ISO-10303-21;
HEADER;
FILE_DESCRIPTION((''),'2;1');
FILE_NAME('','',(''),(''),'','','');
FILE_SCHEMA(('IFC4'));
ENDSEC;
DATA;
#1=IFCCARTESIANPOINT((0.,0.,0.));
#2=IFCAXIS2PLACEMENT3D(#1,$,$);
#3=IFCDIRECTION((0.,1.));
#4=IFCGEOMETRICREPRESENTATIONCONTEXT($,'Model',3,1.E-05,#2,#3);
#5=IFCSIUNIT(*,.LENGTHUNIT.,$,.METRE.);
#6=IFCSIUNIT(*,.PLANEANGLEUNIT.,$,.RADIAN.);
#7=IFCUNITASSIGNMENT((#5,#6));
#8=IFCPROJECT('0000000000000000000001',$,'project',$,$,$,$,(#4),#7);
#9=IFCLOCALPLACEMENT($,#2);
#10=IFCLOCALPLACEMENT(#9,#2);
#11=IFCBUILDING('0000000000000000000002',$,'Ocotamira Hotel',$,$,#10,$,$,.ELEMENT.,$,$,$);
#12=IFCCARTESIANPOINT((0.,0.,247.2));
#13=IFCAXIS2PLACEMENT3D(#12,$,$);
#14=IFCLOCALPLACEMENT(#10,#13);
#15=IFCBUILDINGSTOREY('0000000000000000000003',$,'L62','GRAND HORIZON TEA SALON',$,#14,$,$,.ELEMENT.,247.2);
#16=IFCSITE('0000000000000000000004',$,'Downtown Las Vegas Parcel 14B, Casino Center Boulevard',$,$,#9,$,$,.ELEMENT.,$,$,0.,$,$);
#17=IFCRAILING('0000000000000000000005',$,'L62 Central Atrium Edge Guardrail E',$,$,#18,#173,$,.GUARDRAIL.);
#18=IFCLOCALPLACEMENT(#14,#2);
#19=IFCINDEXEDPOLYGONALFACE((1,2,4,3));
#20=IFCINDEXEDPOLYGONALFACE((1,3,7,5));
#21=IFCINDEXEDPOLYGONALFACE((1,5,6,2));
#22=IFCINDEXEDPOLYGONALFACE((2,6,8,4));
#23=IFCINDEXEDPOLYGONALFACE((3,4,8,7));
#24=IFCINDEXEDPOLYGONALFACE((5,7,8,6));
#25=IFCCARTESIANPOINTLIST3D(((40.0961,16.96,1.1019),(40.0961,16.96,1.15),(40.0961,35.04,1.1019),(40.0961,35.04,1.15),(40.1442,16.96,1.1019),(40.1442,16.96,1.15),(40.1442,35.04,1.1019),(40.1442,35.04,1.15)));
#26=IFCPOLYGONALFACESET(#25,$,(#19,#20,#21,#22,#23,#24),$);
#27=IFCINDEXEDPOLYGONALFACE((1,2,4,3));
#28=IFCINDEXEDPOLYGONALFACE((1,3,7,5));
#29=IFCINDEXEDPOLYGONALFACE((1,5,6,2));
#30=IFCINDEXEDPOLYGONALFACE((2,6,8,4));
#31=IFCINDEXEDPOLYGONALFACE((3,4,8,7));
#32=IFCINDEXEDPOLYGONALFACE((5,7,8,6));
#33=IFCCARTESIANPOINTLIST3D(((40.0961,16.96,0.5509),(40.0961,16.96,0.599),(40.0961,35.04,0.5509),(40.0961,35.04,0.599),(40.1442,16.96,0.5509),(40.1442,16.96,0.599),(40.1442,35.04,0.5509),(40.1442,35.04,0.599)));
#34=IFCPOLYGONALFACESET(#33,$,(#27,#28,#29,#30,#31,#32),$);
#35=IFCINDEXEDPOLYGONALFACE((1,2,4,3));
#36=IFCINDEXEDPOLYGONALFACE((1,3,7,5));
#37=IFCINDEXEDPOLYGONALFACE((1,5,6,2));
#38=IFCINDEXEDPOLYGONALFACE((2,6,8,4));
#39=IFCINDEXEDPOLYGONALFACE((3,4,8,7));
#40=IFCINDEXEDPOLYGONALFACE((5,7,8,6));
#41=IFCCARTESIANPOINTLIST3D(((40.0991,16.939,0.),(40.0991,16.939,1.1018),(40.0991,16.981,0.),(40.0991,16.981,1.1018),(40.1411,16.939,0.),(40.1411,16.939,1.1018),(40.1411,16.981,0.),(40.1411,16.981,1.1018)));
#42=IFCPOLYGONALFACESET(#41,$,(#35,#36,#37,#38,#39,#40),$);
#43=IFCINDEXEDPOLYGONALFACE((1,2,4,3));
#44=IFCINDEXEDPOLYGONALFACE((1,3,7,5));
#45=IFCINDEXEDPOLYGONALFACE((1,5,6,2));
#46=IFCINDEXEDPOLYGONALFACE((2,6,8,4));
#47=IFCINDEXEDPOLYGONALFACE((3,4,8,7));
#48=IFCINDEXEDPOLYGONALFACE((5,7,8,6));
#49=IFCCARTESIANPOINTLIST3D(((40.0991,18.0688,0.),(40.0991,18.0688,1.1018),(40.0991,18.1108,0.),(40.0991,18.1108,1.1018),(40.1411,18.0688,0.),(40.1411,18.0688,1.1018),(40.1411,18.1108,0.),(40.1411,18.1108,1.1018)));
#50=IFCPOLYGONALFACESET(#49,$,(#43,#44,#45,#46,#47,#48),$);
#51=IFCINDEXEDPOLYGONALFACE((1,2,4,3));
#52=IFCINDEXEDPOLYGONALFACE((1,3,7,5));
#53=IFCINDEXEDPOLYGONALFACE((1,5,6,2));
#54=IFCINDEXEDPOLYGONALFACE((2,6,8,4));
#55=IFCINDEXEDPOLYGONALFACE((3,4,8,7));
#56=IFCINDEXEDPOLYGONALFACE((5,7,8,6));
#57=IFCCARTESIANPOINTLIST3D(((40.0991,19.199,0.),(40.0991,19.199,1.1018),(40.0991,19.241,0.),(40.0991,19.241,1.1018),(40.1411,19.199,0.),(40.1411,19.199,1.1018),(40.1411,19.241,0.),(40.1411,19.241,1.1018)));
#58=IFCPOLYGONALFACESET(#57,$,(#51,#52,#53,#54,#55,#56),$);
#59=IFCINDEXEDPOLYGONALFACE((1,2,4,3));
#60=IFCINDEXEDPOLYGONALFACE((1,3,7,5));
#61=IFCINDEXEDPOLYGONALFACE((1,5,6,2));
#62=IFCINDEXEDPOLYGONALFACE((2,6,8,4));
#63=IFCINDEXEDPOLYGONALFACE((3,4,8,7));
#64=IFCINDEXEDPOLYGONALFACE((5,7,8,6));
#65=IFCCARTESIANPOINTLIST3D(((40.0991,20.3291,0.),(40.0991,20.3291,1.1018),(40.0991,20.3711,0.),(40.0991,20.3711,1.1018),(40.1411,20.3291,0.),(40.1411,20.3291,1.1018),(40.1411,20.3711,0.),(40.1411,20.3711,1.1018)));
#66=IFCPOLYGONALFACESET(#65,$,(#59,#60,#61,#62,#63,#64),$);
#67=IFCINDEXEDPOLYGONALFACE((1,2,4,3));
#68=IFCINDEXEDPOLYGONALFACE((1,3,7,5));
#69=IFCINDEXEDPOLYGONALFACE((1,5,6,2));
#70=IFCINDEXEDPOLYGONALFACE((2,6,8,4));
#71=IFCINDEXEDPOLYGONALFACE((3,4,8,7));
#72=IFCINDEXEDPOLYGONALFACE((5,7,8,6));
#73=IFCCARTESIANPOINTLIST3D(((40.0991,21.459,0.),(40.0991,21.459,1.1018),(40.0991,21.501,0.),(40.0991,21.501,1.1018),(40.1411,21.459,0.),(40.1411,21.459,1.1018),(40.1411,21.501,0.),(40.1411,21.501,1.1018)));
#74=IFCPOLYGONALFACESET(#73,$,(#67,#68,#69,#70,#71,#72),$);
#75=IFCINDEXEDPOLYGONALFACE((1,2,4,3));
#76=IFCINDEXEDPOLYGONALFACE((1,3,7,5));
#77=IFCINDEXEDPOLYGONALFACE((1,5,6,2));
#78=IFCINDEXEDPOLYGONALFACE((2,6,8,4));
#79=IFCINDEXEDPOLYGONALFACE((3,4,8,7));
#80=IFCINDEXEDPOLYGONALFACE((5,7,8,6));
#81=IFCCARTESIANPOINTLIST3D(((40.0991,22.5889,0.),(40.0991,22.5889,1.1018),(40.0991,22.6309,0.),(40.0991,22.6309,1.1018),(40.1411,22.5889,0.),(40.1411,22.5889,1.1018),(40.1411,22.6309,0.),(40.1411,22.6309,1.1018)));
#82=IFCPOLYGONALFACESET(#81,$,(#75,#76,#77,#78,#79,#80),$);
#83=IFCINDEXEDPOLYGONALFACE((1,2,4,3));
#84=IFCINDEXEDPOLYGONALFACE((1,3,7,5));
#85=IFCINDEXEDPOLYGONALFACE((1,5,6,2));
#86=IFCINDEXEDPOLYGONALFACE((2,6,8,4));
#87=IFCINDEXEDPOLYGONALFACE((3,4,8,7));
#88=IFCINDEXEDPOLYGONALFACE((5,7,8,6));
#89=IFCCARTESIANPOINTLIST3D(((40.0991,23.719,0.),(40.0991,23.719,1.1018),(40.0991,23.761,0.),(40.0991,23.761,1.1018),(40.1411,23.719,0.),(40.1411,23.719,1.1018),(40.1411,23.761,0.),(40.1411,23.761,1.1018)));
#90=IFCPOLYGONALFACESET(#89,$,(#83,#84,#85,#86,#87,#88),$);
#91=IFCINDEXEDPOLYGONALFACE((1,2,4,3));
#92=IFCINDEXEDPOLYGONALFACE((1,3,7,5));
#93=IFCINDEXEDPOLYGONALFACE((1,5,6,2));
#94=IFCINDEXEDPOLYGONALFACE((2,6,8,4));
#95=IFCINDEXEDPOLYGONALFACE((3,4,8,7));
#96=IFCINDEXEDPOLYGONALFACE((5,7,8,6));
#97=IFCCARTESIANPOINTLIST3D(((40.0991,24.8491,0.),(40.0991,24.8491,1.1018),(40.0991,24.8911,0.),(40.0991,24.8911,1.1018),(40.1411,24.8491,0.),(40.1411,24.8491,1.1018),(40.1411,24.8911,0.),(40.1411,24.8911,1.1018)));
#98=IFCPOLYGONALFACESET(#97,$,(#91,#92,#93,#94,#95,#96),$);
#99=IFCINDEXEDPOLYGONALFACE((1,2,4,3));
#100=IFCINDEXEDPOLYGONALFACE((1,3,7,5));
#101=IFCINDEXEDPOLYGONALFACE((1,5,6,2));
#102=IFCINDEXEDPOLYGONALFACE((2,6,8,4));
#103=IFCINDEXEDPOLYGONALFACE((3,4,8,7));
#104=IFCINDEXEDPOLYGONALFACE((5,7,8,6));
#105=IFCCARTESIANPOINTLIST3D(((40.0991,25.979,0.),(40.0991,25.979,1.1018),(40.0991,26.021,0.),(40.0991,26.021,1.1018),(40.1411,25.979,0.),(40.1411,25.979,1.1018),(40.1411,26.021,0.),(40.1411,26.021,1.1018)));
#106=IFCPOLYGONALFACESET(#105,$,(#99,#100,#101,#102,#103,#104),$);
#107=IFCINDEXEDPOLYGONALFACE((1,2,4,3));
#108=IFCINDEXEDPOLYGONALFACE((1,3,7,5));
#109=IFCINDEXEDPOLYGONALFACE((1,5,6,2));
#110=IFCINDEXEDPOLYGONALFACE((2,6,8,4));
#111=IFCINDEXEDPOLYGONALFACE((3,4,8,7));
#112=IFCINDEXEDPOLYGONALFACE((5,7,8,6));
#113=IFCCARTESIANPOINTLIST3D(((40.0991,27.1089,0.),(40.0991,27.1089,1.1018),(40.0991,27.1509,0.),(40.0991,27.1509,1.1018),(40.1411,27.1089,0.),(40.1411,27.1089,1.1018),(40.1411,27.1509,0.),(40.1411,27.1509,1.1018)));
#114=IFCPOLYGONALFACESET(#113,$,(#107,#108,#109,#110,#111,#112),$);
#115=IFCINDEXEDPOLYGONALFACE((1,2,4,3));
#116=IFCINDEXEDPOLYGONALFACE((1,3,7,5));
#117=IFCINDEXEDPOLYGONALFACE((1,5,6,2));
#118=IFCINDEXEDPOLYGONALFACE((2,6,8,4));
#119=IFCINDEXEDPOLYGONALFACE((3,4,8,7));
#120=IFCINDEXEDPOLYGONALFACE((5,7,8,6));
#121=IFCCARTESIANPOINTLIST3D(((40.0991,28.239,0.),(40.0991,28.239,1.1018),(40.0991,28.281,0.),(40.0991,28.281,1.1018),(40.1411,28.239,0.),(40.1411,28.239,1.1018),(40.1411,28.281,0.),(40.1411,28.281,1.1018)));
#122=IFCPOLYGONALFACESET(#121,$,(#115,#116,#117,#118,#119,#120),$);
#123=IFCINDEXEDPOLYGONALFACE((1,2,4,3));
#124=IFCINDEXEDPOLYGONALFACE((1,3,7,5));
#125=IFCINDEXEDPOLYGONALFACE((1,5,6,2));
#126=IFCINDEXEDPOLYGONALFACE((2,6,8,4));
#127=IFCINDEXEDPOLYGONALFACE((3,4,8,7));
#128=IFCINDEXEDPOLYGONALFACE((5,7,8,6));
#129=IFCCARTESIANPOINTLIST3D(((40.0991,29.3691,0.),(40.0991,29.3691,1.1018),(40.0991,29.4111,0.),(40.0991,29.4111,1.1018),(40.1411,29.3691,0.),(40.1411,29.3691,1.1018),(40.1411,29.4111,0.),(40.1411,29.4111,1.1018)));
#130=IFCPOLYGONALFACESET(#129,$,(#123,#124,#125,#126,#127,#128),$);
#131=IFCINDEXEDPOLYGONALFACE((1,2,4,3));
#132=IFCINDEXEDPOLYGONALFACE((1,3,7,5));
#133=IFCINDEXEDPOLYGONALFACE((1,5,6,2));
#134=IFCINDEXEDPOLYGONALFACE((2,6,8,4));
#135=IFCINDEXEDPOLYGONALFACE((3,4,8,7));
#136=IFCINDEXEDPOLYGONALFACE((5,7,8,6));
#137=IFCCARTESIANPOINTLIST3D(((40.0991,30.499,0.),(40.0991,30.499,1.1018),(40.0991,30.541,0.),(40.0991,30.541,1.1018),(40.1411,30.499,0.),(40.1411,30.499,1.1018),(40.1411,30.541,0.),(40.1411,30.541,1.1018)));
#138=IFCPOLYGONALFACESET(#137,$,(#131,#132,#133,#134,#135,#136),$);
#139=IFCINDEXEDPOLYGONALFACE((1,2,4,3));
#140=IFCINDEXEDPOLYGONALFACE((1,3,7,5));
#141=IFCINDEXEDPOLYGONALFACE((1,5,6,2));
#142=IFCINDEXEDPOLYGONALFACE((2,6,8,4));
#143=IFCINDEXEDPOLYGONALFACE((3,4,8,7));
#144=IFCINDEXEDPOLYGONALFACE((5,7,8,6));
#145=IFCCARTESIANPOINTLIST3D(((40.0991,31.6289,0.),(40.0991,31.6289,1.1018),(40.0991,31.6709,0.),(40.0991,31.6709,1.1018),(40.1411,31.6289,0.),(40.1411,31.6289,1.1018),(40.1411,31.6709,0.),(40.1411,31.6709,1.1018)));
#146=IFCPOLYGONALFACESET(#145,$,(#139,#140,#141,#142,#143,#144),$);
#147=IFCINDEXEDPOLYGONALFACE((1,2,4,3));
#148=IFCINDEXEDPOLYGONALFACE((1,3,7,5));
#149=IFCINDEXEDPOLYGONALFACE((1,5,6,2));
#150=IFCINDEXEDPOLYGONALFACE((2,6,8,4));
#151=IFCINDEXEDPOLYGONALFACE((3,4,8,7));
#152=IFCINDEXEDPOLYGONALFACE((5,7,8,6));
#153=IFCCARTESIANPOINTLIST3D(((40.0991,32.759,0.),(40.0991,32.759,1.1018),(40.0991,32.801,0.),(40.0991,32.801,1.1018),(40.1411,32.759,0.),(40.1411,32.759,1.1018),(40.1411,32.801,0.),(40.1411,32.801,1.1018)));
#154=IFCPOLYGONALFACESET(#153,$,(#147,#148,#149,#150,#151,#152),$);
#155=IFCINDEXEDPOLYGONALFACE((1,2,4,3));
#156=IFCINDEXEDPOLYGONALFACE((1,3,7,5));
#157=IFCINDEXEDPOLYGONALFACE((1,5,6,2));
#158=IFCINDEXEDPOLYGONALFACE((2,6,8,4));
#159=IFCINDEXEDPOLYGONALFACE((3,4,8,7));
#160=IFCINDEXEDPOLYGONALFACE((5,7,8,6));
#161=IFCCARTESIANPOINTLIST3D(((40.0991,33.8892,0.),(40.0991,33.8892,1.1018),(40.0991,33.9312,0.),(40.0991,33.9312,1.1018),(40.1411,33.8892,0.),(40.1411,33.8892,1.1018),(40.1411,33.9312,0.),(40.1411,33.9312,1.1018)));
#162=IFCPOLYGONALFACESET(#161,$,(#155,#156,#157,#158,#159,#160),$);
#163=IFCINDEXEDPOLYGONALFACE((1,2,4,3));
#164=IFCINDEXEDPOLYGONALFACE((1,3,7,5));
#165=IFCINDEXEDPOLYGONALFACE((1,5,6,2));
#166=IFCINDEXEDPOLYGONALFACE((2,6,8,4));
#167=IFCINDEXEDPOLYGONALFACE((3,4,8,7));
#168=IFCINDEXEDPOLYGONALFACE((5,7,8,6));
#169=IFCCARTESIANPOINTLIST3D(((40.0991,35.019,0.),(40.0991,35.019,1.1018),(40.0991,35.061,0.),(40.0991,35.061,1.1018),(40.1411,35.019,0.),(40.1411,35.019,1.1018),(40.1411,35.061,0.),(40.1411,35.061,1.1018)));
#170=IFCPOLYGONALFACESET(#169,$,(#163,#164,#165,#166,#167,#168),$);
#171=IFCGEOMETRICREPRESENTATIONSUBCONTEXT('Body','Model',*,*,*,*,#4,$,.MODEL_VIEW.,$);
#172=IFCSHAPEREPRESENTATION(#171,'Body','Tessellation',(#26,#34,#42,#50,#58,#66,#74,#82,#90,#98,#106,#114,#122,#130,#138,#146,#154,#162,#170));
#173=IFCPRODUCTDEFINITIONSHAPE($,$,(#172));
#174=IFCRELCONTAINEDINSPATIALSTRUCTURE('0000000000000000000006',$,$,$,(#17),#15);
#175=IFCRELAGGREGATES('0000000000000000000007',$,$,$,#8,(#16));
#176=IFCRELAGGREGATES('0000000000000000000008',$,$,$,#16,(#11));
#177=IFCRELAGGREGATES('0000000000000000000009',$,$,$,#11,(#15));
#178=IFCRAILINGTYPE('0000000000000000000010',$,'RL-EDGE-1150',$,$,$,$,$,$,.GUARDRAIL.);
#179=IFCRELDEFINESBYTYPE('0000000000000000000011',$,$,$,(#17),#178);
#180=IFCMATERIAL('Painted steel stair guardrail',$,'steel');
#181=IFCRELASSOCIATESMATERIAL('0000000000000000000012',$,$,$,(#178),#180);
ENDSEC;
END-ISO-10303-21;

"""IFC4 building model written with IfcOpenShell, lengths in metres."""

from ifc_helpers import new_model, si_unit, direction, frame, origin, origin_2d, place, context, subcontext, project, spatial, rectangle, extrude, material, type_object, element, save


model = new_model("IFC4")

# Units and contexts
model_context = context("Model", 3, precision=1e-05, world=origin(), true_north=direction((0.0, 1.0)))
body_context = subcontext(model_context, "Body", "Model", "MODEL_VIEW")
ifc_project = project(units=[si_unit("LENGTHUNIT", "METRE"), si_unit("PLANEANGLEUNIT", "RADIAN")], contexts=[model_context])

# Site, building, storey
site_placement = place(None, origin())
site = spatial("IfcSite", under=ifc_project, at=site_placement, Name="Downtown Las Vegas Parcel 14B, Casino Center Boulevard", CompositionType="ELEMENT", RefElevation=0.0)
building_placement = place(site_placement, origin())
building = spatial("IfcBuilding", under=site, at=building_placement, Name="Ocotamira Hotel", CompositionType="ELEMENT")
storey_placement = place(building_placement, frame((0.0, 0.0, 247.2)))
storey = spatial("IfcBuildingStorey", under=building, at=storey_placement, Name="L62", Description="GRAND HORIZON TEA SALON", CompositionType="ELEMENT", Elevation=247.2)

# Railing
ifc_material_1 = material(Name="Painted steel stair guardrail", Category="steel")
railing_type = type_object("IfcRailingType", Name="RL-EDGE-1150", PredefinedType="GUARDRAIL", material=ifc_material_1)
railing_1_placement = place(storey_placement, frame((40.1201, 16.96, 0.0)))
element("IfcRailing", 1, at=railing_1_placement, inside=storey, type_object=railing_type, Name="L62 Central Atrium Edge Guardrail E", PredefinedType="GUARDRAIL", context=body_context, shape_type="SweptSolid", body=[
    extrude(rectangle(XDim=0.0481, YDim=0.0481, at=origin_2d()), frame((0.0, 0.0, 1.126), z_axis=(0.0, 1.0, 0.0), x_axis=(-1.0, 0.0, 0.0)), (0.0, 0.0, 1.0), 18.0801),
    extrude(rectangle(XDim=0.0481, YDim=0.0481, at=origin_2d()), frame((0.0, 0.0, 0.575), z_axis=(0.0, 1.0, 0.0), x_axis=(-1.0, 0.0, 0.0)), (0.0, 0.0, 1.0), 18.0801),
    extrude(rectangle(XDim=0.042, YDim=0.042, at=origin_2d()), origin(), (0.0, 0.0, 1.0), 1.1018),
    extrude(rectangle(XDim=0.042, YDim=0.042, at=origin_2d()), frame((0.0, 1.1299, 0.0)), (0.0, 0.0, 1.0), 1.1018),
    extrude(rectangle(XDim=0.042, YDim=0.042, at=origin_2d()), frame((0.0, 2.26, 0.0)), (0.0, 0.0, 1.0), 1.1018),
    extrude(rectangle(XDim=0.042, YDim=0.042, at=origin_2d()), frame((0.0, 3.3901, 0.0)), (0.0, 0.0, 1.0), 1.1018),
    extrude(rectangle(XDim=0.042, YDim=0.042, at=origin_2d()), frame((0.0, 4.52, 0.0)), (0.0, 0.0, 1.0), 1.1018),
    extrude(rectangle(XDim=0.042, YDim=0.042, at=origin_2d()), frame((0.0, 5.6499, 0.0)), (0.0, 0.0, 1.0), 1.1018),
    extrude(rectangle(XDim=0.042, YDim=0.042, at=origin_2d()), frame((0.0, 6.78, 0.0)), (0.0, 0.0, 1.0), 1.1018),
    extrude(rectangle(XDim=0.042, YDim=0.042, at=origin_2d()), frame((0.0, 7.9102, 0.0)), (0.0, 0.0, 1.0), 1.1018),
    extrude(rectangle(XDim=0.042, YDim=0.042, at=origin_2d()), frame((0.0, 9.04, 0.0)), (0.0, 0.0, 1.0), 1.1018),
    extrude(rectangle(XDim=0.042, YDim=0.042, at=origin_2d()), frame((0.0, 10.1699, 0.0)), (0.0, 0.0, 1.0), 1.1018),
    extrude(rectangle(XDim=0.042, YDim=0.042, at=origin_2d()), frame((0.0, 11.3, 0.0)), (0.0, 0.0, 1.0), 1.1018),
    extrude(rectangle(XDim=0.042, YDim=0.042, at=origin_2d()), frame((0.0, 12.4302, 0.0)), (0.0, 0.0, 1.0), 1.1018),
    extrude(rectangle(XDim=0.042, YDim=0.042, at=origin_2d()), frame((0.0, 13.5601, 0.0)), (0.0, 0.0, 1.0), 1.1018),
    extrude(rectangle(XDim=0.042, YDim=0.042, at=origin_2d()), frame((0.0, 14.6899, 0.0)), (0.0, 0.0, 1.0), 1.1018),
    extrude(rectangle(XDim=0.042, YDim=0.042, at=origin_2d()), frame((0.0, 15.8201, 0.0)), (0.0, 0.0, 1.0), 1.1018),
    extrude(rectangle(XDim=0.042, YDim=0.042, at=origin_2d()), frame((0.0, 16.9502, 0.0)), (0.0, 0.0, 1.0), 1.1018),
    extrude(rectangle(XDim=0.042, YDim=0.042, at=origin_2d()), frame((0.0, 18.0801, 0.0)), (0.0, 0.0, 1.0), 1.1018),
])

save(model, "model.ifc")
